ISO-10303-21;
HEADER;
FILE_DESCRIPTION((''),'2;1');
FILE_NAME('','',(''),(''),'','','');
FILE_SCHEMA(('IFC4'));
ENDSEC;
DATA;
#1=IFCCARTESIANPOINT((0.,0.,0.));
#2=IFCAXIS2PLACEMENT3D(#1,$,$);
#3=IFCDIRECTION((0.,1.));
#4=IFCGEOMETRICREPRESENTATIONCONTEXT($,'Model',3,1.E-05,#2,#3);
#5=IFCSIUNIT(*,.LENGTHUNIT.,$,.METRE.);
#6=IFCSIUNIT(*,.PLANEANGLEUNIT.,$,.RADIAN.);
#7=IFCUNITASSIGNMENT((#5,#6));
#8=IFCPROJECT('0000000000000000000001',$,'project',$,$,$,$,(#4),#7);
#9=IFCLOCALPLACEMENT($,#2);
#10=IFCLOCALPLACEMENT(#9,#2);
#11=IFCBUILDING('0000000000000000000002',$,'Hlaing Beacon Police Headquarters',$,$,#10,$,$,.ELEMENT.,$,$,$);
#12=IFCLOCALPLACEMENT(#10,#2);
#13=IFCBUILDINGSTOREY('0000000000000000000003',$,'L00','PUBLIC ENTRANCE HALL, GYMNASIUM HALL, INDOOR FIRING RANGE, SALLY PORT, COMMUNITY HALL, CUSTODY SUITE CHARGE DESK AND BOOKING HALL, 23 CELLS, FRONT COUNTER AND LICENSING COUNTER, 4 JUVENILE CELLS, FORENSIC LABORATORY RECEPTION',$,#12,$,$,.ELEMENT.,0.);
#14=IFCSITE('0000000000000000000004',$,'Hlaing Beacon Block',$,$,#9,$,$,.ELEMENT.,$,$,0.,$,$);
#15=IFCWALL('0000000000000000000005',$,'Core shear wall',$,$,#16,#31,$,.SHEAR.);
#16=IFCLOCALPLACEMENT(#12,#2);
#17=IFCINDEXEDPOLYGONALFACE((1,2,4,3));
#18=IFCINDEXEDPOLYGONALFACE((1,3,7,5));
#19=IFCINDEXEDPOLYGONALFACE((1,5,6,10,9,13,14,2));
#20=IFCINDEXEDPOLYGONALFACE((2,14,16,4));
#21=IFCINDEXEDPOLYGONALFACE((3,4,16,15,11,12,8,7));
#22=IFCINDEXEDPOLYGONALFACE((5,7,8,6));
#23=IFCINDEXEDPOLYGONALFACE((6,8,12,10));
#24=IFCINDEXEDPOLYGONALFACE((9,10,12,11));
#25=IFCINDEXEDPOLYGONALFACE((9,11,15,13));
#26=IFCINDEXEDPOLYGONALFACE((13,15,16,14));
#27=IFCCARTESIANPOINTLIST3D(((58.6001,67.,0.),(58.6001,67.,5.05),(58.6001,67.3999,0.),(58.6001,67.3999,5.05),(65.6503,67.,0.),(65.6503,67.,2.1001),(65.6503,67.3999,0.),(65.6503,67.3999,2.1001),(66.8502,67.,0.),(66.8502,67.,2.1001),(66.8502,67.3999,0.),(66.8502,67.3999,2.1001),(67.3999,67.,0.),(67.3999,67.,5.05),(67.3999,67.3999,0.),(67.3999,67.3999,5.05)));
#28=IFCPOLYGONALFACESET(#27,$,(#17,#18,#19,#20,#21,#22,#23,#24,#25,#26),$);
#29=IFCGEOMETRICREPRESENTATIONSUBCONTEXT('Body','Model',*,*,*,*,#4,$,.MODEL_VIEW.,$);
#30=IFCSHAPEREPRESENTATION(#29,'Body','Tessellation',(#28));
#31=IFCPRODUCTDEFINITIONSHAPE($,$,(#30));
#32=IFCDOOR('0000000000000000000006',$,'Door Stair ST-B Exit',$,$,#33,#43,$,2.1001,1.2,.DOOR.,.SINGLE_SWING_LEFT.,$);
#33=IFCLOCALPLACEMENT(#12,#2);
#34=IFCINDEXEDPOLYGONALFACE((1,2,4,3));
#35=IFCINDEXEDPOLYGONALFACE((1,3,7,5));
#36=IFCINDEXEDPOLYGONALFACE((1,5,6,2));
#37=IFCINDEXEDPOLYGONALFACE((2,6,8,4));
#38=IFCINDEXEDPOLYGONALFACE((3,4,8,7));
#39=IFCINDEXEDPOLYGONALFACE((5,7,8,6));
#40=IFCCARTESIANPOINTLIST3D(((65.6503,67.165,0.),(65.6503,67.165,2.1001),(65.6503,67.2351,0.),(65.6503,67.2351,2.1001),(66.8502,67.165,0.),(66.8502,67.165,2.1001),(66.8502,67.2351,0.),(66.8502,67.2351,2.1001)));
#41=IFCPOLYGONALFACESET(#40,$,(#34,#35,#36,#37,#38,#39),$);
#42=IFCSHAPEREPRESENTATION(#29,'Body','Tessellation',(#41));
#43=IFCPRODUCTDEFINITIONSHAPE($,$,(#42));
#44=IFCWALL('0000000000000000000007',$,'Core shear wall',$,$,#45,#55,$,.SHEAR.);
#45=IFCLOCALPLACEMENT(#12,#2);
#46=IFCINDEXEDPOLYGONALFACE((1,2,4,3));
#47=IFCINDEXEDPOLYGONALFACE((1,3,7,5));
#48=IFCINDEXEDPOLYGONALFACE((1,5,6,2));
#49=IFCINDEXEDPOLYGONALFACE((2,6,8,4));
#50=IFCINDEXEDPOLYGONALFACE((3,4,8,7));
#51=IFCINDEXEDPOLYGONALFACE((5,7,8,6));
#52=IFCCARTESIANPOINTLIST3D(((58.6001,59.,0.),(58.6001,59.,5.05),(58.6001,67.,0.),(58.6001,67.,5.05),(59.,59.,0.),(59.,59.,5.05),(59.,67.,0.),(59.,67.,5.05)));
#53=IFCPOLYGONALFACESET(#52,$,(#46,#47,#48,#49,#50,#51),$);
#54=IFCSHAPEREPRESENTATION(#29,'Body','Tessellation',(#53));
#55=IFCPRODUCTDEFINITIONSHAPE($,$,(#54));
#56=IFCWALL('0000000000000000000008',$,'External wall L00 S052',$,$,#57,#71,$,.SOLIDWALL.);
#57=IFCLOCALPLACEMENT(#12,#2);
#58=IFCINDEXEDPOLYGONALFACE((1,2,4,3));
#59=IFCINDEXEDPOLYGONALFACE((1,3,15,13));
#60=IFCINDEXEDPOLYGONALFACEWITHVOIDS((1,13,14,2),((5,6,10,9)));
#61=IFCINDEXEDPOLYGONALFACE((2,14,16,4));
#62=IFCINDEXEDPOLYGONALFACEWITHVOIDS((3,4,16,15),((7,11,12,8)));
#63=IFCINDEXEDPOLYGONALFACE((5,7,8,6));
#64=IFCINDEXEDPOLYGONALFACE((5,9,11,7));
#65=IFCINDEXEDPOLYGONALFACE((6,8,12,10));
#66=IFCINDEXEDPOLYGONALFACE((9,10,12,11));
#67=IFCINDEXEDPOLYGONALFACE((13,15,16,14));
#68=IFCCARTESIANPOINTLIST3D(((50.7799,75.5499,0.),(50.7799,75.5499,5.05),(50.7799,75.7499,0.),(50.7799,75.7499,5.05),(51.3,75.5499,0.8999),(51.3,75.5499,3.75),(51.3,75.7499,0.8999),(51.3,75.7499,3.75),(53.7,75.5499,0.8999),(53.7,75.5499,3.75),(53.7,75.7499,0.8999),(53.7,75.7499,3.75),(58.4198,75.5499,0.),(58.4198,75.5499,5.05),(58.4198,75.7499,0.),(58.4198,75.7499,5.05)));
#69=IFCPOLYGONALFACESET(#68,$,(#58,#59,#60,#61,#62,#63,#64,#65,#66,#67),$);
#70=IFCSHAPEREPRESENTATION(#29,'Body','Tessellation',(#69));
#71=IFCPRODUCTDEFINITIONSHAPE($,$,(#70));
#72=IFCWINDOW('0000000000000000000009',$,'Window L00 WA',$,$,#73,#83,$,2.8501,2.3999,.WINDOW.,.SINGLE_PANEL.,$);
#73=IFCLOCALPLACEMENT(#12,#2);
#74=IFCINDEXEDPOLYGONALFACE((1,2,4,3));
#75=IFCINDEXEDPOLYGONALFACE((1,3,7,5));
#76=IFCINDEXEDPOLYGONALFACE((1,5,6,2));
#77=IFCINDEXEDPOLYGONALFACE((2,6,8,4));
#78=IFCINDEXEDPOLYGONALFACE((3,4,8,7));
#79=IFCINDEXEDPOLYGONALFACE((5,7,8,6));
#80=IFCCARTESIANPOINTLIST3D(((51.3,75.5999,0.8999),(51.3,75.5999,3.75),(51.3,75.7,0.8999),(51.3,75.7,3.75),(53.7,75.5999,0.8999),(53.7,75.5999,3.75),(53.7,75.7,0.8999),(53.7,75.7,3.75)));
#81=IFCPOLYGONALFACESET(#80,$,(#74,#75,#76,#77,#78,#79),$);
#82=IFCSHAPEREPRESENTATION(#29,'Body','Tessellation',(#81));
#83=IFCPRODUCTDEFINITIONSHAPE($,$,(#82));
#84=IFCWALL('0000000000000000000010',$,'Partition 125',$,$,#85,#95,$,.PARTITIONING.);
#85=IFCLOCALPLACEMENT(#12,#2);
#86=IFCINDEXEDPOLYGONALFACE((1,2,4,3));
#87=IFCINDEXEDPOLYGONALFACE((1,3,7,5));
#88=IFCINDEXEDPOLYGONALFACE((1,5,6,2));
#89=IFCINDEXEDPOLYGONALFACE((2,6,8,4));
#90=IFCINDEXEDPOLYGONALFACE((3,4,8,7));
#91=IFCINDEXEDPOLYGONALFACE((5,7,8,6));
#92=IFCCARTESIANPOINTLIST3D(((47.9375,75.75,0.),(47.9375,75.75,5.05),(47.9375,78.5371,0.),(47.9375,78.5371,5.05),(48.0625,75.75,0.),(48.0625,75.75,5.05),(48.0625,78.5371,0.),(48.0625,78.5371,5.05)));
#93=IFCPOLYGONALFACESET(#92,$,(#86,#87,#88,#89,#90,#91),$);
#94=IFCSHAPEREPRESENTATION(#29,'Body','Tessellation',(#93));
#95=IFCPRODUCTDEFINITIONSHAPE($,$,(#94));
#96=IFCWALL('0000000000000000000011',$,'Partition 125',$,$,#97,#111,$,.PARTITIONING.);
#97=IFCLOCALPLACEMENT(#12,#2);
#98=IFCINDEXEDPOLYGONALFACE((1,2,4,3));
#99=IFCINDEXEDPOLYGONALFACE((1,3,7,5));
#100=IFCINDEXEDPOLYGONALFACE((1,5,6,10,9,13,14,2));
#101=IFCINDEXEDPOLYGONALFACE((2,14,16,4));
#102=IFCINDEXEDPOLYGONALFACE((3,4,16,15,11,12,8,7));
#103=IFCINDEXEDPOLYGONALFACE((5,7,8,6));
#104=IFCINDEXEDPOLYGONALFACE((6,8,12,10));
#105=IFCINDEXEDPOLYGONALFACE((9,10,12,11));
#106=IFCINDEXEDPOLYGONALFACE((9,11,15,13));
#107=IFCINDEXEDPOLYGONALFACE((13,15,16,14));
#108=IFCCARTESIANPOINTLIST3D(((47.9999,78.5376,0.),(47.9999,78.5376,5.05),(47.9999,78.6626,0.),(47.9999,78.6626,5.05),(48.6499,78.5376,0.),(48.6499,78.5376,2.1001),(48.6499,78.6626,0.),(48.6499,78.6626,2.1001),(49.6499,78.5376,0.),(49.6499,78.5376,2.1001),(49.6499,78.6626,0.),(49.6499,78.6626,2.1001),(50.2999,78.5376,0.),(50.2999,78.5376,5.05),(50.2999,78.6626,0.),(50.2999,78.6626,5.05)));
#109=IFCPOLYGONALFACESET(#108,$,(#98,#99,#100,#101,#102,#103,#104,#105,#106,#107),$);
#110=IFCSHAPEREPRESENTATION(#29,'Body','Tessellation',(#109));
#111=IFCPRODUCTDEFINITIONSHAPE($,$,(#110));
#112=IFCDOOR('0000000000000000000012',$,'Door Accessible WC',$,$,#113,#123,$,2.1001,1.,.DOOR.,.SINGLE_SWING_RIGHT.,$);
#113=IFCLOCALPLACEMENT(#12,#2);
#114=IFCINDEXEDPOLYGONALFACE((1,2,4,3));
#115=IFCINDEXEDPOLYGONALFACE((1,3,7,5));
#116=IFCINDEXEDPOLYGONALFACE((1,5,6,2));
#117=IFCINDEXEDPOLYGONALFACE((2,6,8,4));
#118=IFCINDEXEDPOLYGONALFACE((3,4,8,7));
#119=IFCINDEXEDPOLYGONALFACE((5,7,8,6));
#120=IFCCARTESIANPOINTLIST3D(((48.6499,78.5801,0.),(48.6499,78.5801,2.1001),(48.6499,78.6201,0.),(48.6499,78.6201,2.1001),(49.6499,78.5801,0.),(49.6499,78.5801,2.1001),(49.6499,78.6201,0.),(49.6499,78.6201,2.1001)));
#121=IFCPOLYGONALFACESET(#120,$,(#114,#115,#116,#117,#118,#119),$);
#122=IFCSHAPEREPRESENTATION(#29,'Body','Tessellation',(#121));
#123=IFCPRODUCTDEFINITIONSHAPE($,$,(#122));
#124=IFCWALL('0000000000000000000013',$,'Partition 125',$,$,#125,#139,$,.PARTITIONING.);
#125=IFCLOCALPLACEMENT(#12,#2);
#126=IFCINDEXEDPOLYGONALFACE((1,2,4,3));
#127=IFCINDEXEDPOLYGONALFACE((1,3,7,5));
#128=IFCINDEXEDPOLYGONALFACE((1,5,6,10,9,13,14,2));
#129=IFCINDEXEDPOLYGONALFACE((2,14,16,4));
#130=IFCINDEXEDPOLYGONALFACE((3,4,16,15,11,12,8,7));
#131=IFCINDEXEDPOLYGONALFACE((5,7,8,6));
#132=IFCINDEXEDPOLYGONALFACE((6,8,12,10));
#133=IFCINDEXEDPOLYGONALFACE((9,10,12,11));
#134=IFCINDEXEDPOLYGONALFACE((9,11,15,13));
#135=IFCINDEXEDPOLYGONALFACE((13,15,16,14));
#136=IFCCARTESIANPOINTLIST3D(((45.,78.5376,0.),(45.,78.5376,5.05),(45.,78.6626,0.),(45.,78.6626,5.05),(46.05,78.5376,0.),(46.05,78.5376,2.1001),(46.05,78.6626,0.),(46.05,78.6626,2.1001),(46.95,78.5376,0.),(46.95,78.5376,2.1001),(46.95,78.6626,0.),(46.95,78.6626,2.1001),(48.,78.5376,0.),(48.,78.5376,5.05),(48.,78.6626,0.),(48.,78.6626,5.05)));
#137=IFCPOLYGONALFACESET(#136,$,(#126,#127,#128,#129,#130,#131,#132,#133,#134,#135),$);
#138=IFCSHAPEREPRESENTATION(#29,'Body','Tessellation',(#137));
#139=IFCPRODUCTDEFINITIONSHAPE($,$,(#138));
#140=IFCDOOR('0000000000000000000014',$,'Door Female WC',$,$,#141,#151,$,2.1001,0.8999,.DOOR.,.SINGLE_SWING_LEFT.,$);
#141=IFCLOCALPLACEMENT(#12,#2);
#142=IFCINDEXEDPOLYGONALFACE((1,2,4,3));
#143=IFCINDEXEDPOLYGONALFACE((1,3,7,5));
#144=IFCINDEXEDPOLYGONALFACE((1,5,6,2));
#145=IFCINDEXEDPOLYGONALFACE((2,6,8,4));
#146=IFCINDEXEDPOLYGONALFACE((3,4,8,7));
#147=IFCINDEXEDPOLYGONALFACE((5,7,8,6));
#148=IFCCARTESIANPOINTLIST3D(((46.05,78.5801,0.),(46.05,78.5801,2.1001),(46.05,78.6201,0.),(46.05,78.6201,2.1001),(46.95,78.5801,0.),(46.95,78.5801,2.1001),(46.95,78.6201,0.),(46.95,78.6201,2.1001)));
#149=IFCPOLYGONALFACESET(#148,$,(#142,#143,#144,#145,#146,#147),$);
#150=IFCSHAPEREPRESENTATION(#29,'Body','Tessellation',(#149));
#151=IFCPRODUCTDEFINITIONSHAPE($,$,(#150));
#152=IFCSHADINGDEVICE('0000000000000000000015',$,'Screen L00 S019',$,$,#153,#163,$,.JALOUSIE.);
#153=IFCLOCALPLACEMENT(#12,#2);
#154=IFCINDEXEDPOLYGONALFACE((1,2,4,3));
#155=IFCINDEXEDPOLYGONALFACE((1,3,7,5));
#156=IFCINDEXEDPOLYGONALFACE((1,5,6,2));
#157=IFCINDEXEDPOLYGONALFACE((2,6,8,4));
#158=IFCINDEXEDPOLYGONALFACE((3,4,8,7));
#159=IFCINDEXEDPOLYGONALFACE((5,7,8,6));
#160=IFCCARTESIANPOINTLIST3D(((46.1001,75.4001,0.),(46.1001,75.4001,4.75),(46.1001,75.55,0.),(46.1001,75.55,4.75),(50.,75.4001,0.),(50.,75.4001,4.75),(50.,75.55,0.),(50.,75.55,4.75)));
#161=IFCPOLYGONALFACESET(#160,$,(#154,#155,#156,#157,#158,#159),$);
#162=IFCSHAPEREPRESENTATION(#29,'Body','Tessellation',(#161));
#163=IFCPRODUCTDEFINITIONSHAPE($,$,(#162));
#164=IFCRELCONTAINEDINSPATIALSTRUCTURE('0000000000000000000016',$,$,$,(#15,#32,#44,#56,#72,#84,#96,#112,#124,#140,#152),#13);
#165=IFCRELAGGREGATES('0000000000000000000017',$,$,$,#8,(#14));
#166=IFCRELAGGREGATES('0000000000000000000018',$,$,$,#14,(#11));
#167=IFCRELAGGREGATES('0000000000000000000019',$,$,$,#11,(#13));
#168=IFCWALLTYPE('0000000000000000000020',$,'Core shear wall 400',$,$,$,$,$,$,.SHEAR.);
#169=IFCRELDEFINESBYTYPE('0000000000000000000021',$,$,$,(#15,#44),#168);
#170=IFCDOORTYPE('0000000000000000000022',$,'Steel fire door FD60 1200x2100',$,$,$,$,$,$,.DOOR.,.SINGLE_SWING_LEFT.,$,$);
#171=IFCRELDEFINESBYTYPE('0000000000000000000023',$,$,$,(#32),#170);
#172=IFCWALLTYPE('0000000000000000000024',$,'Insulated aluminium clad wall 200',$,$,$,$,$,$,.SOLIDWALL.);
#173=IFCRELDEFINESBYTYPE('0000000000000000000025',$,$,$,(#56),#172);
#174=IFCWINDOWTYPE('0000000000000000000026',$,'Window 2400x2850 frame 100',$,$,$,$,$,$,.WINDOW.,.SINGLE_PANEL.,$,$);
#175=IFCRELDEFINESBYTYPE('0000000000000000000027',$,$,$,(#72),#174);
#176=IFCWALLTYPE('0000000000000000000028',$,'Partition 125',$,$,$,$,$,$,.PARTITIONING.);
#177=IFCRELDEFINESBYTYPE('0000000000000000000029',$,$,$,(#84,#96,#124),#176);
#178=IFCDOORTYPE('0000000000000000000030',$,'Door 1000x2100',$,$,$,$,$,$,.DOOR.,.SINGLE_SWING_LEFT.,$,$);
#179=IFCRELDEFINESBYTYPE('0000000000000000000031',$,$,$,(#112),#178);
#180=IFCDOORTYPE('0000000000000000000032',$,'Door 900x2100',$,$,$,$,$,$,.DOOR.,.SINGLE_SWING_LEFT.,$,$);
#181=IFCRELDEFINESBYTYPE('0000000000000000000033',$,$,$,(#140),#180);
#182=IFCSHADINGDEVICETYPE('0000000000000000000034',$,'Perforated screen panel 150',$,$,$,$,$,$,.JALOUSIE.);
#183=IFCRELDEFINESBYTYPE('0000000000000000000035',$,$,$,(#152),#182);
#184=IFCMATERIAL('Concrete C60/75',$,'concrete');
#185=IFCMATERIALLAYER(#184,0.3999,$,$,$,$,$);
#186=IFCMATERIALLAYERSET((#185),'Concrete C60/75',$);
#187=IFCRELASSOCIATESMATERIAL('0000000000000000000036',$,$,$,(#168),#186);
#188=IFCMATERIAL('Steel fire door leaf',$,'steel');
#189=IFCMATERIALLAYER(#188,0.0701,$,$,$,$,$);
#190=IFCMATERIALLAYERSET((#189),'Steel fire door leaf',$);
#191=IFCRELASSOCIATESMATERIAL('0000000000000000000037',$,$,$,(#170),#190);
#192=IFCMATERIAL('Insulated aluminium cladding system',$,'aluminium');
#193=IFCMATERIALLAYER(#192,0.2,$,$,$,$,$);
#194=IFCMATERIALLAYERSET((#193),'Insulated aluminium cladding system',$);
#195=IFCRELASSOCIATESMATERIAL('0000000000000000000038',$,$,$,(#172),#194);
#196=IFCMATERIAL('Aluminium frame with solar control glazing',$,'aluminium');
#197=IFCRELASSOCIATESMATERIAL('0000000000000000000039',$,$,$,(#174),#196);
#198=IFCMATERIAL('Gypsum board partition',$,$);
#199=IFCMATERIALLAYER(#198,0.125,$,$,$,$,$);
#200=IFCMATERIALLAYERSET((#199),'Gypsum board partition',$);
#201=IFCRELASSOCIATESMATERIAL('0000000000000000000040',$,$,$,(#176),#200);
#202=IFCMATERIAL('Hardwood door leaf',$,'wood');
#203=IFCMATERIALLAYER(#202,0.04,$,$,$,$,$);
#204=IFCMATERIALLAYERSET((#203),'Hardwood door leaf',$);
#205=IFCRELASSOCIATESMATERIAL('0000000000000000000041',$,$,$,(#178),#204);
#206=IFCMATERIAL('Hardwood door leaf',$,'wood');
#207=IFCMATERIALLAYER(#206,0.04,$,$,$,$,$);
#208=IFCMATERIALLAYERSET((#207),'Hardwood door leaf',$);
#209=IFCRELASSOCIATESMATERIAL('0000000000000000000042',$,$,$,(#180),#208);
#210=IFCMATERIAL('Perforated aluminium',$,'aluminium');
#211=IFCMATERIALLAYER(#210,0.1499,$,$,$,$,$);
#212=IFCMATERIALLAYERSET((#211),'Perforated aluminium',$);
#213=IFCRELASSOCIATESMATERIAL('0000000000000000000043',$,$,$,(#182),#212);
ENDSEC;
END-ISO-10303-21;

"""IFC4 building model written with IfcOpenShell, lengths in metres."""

from ifc_helpers import new_model, si_unit, direction, frame, frame_2d, origin, origin_2d, place, context, subcontext, project, spatial, rectangle, extrude, material, layer, layer_set, type_object, element, fill, save


model = new_model("IFC4")

# Units and contexts
model_context = context("Model", 3, precision=1e-05, world=origin(), true_north=direction((0.0, 1.0)))
body_context = subcontext(model_context, "Body", "Model", "MODEL_VIEW")
ifc_project = project(units=[si_unit("LENGTHUNIT", "METRE"), si_unit("PLANEANGLEUNIT", "RADIAN")], contexts=[model_context])

# Site, building, storey
site_placement = place(None, origin())
site = spatial("IfcSite", under=ifc_project, at=site_placement, Name="Hlaing Beacon Block", CompositionType="ELEMENT", RefElevation=0.0)
building_placement = place(site_placement, origin())
building = spatial("IfcBuilding", under=site, at=building_placement, Name="Hlaing Beacon Police Headquarters", CompositionType="ELEMENT")
storey_placement = place(building_placement, origin())
storey = spatial("IfcBuildingStorey", under=building, at=storey_placement, Name="L00", Description="PUBLIC ENTRANCE HALL, GYMNASIUM HALL, INDOOR FIRING RANGE, SALLY PORT, COMMUNITY HALL, CUSTODY SUITE CHARGE DESK AND BOOKING HALL, 23 CELLS, FRONT COUNTER AND LICENSING COUNTER, 4 JUVENILE CELLS, FORENSIC LABORATORY RECEPTION", CompositionType="ELEMENT", Elevation=0.0)

# Wall, opening, door
ifc_material_1 = material(Name="Concrete C60/75", Category="concrete")
ifc_layer_1 = layer(ifc_material_1, 0.3999)
ifc_layer_set_1 = layer_set([ifc_layer_1], Name="Concrete C60/75")
wall_type_1 = type_object("IfcWallType", Name="Core shear wall 400", PredefinedType="SHEAR", material=ifc_layer_set_1)
wall_1_placement = place(storey_placement, frame((58.6001, 67.2, 0.0), z_axis=(0.0, 0.0, 1.0), x_axis=(1.0, 0.0, 0.0)))
wall_1 = element("IfcWall", 1, at=wall_1_placement, inside=storey, type_object=wall_type_1, Name="Core shear wall", PredefinedType="SHEAR", context=body_context, shape_type="SweptSolid", body=[
    extrude(rectangle(XDim=8.7998, YDim=0.3999, at=frame_2d((4.3999, 0.0))), origin(), (0.0, 0.0, 1.0), 5.05),
])
opening_1_placement = place(wall_1_placement, frame((7.05, 0.0, 0.0)))
opening_1 = element("IfcOpeningElement", 2, at=opening_1_placement, cuts=wall_1, PredefinedType="OPENING", context=body_context, shape_type="SweptSolid", body=[
    extrude(rectangle(XDim=1.2, YDim=2.1001, at=frame_2d((0.6001, 1.05))), frame((0.0, 0.21, 0.0), z_axis=(0.0, -1.0, 0.0), x_axis=(1.0, 0.0, 0.0)), (0.0, 0.0, 1.0), 0.4199),
])
ifc_material_2 = material(Name="Steel fire door leaf", Category="steel")
ifc_layer_2 = layer(ifc_material_2, 0.0701)
ifc_layer_set_2 = layer_set([ifc_layer_2], Name="Steel fire door leaf")
door_type_1 = type_object("IfcDoorType", Name="Steel fire door FD60 1200x2100", OperationType="SINGLE_SWING_LEFT", PredefinedType="DOOR", material=ifc_layer_set_2)
door_1_placement = place(opening_1_placement, origin())
door_1 = element("IfcDoor", 3, at=door_1_placement, inside=storey, type_object=door_type_1, Name="Door Stair ST-B Exit", OperationType="SINGLE_SWING_LEFT", OverallHeight=2.1001, OverallWidth=1.2, PredefinedType="DOOR", context=body_context, shape_type="SweptSolid", body=[
    extrude(rectangle(XDim=1.2, YDim=2.1001, at=frame_2d((0.6001, 1.05))), frame((0.0, 0.0352, 0.0), z_axis=(0.0, -1.0, 0.0), x_axis=(1.0, 0.0, 0.0)), (0.0, 0.0, 1.0), 0.0701),
])
fill(opening_1, door_1)

# Wall
wall_2_placement = place(storey_placement, frame((58.8, 59.0, 0.0), z_axis=(0.0, 0.0, 1.0), x_axis=(0.0, 1.0, 0.0)))
element("IfcWall", 4, at=wall_2_placement, inside=storey, type_object=wall_type_1, Name="Core shear wall", PredefinedType="SHEAR", context=body_context, shape_type="SweptSolid", body=[
    extrude(rectangle(XDim=8.0, YDim=0.3999, at=frame_2d((4.0, 0.0))), origin(), (0.0, 0.0, 1.0), 5.05),
])

# Wall, opening, window
ifc_material_3 = material(Name="Insulated aluminium cladding system", Category="aluminium")
ifc_layer_3 = layer(ifc_material_3, 0.2)
ifc_layer_set_3 = layer_set([ifc_layer_3], Name="Insulated aluminium cladding system")
wall_type_2 = type_object("IfcWallType", Name="Insulated aluminium clad wall 200", PredefinedType="SOLIDWALL", material=ifc_layer_set_3)
wall_3_placement = place(storey_placement, frame((50.78, 75.6499, 0.0), z_axis=(0.0, 0.0, 1.0), x_axis=(1.0, 0.0, 0.0)))
wall_3 = element("IfcWall", 5, at=wall_3_placement, inside=storey, type_object=wall_type_2, Name="External wall L00 S052", PredefinedType="SOLIDWALL", context=body_context, shape_type="SweptSolid", body=[
    extrude(rectangle(XDim=7.6399, YDim=0.2, at=frame_2d((3.8198, 0.0))), origin(), (0.0, 0.0, 1.0), 5.05),
])
opening_2_placement = place(wall_3_placement, frame((0.52, 0.0, 0.8999)))
opening_2 = element("IfcOpeningElement", 6, at=opening_2_placement, cuts=wall_3, PredefinedType="OPENING", context=body_context, shape_type="SweptSolid", body=[
    extrude(rectangle(XDim=2.3999, YDim=2.8501, at=frame_2d((1.2, 1.425))), frame((0.0, 0.1099, 0.0), z_axis=(0.0, -1.0, 0.0), x_axis=(1.0, 0.0, 0.0)), (0.0, 0.0, 1.0), 0.22),
])
ifc_material_4 = material(Name="Aluminium frame with solar control glazing", Category="aluminium")
window_type = type_object("IfcWindowType", Name="Window 2400x2850 frame 100", PartitioningType="SINGLE_PANEL", PredefinedType="WINDOW", material=ifc_material_4)
window_placement = place(opening_2_placement, origin())
window = element("IfcWindow", 7, at=window_placement, inside=storey, type_object=window_type, Name="Window L00 WA", OverallHeight=2.8501, OverallWidth=2.3999, PartitioningType="SINGLE_PANEL", PredefinedType="WINDOW", context=body_context, shape_type="SweptSolid", body=[
    extrude(rectangle(XDim=2.3999, YDim=2.8501, at=frame_2d((1.2, 1.425))), frame((0.0, 0.05, 0.0), z_axis=(0.0, -1.0, 0.0), x_axis=(1.0, 0.0, 0.0)), (0.0, 0.0, 1.0), 0.1001),
])
fill(opening_2, window)

# Wall
ifc_material_5 = material(Name="Gypsum board partition")
ifc_layer_4 = layer(ifc_material_5, 0.125)
ifc_layer_set_4 = layer_set([ifc_layer_4], Name="Gypsum board partition")
wall_type_3 = type_object("IfcWallType", Name="Partition 125", PredefinedType="PARTITIONING", material=ifc_layer_set_4)
wall_4_placement = place(storey_placement, frame((48.0, 75.75, 0.0), z_axis=(0.0, 0.0, 1.0), x_axis=(0.0, 1.0, 0.0)))
element("IfcWall", 8, at=wall_4_placement, inside=storey, type_object=wall_type_3, Name="Partition 125", PredefinedType="PARTITIONING", context=body_context, shape_type="SweptSolid", body=[
    extrude(rectangle(XDim=2.7871, YDim=0.125, at=frame_2d((1.3936, 0.0))), origin(), (0.0, 0.0, 1.0), 5.05),
])

# Walls, openings, doors
wall_5_placement = place(storey_placement, frame((48.0, 78.6001, 0.0), z_axis=(0.0, 0.0, 1.0), x_axis=(1.0, 0.0, 0.0)))
wall_5 = element("IfcWall", 9, at=wall_5_placement, inside=storey, type_object=wall_type_3, Name="Partition 125", PredefinedType="PARTITIONING", context=body_context, shape_type="SweptSolid", body=[
    extrude(rectangle(XDim=2.3, YDim=0.125, at=frame_2d((1.1499, 0.0))), origin(), (0.0, 0.0, 1.0), 5.05),
])
opening_3_placement = place(wall_5_placement, frame((0.6499, 0.0, 0.0)))
opening_3 = element("IfcOpeningElement", 10, at=opening_3_placement, cuts=wall_5, PredefinedType="OPENING", context=body_context, shape_type="SweptSolid", body=[
    extrude(rectangle(XDim=1.0, YDim=2.1001, at=frame_2d((0.5, 1.05))), frame((0.0, 0.0725, 0.0), z_axis=(0.0, -1.0, 0.0), x_axis=(1.0, 0.0, 0.0)), (0.0, 0.0, 1.0), 0.145),
])
ifc_material_6 = material(Name="Hardwood door leaf", Category="wood")
ifc_layer_5 = layer(ifc_material_6, 0.04)
ifc_layer_set_5 = layer_set([ifc_layer_5], Name="Hardwood door leaf")
door_type_2 = type_object("IfcDoorType", Name="Door 1000x2100", OperationType="SINGLE_SWING_LEFT", PredefinedType="DOOR", material=ifc_layer_set_5)
door_2_placement = place(opening_3_placement, frame((1.0, 0.0, 0.0), z_axis=(0.0, 0.0, 1.0), x_axis=(-1.0, 0.0, 0.0)))
door_2 = element("IfcDoor", 11, at=door_2_placement, inside=storey, type_object=door_type_2, Name="Door Accessible WC", OperationType="SINGLE_SWING_RIGHT", OverallHeight=2.1001, OverallWidth=1.0, PredefinedType="DOOR", context=body_context, shape_type="SweptSolid", body=[
    extrude(rectangle(XDim=1.0, YDim=2.1001, at=frame_2d((0.5, 1.05))), frame((0.0, 0.02, 0.0), z_axis=(0.0, -1.0, 0.0), x_axis=(1.0, 0.0, 0.0)), (0.0, 0.0, 1.0), 0.04),
])
fill(opening_3, door_2)
wall_6_placement = place(storey_placement, frame((45.0, 78.6001, 0.0), z_axis=(0.0, 0.0, 1.0), x_axis=(1.0, 0.0, 0.0)))
wall_6 = element("IfcWall", 12, at=wall_6_placement, inside=storey, type_object=wall_type_3, Name="Partition 125", PredefinedType="PARTITIONING", context=body_context, shape_type="SweptSolid", body=[
    extrude(rectangle(XDim=3.0, YDim=0.125, at=frame_2d((1.5, 0.0))), origin(), (0.0, 0.0, 1.0), 5.05),
])
opening_4_placement = place(wall_6_placement, frame((1.05, 0.0, 0.0)))
opening_4 = element("IfcOpeningElement", 13, at=opening_4_placement, cuts=wall_6, PredefinedType="OPENING", context=body_context, shape_type="SweptSolid", body=[
    extrude(rectangle(XDim=0.8999, YDim=2.1001, at=frame_2d((0.45, 1.05))), frame((0.0, 0.0725, 0.0), z_axis=(0.0, -1.0, 0.0), x_axis=(1.0, 0.0, 0.0)), (0.0, 0.0, 1.0), 0.145),
])
ifc_material_7 = material(Name="Hardwood door leaf", Category="wood")
ifc_layer_6 = layer(ifc_material_7, 0.04)
ifc_layer_set_6 = layer_set([ifc_layer_6], Name="Hardwood door leaf")
door_type_3 = type_object("IfcDoorType", Name="Door 900x2100", OperationType="SINGLE_SWING_LEFT", PredefinedType="DOOR", material=ifc_layer_set_6)
door_3_placement = place(opening_4_placement, frame((0.8999, 0.0, 0.0), z_axis=(0.0, 0.0, 1.0), x_axis=(-1.0, 0.0, 0.0)))
door_3 = element("IfcDoor", 14, at=door_3_placement, inside=storey, type_object=door_type_3, Name="Door Female WC", OperationType="SINGLE_SWING_LEFT", OverallHeight=2.1001, OverallWidth=0.8999, PredefinedType="DOOR", context=body_context, shape_type="SweptSolid", body=[
    extrude(rectangle(XDim=0.8999, YDim=2.1001, at=frame_2d((0.45, 1.05))), frame((0.0, 0.02, 0.0), z_axis=(0.0, -1.0, 0.0), x_axis=(1.0, 0.0, 0.0)), (0.0, 0.0, 1.0), 0.04),
])
fill(opening_4, door_3)

# Shading device
ifc_material_8 = material(Name="Perforated aluminium", Category="aluminium")
ifc_layer_7 = layer(ifc_material_8, 0.1499)
ifc_layer_set_7 = layer_set([ifc_layer_7], Name="Perforated aluminium")
shading_device_type = type_object("IfcShadingDeviceType", Name="Perforated screen panel 150", PredefinedType="JALOUSIE", material=ifc_layer_set_7)
shading_device_placement = place(storey_placement, frame((48.05, 75.4751, 0.0), z_axis=(0.0, 0.0, 1.0), x_axis=(1.0, 0.0, 0.0)))
element("IfcShadingDevice", 15, at=shading_device_placement, inside=storey, type_object=shading_device_type, Name="Screen L00 S019", PredefinedType="JALOUSIE", context=body_context, shape_type="SweptSolid", body=[
    extrude(rectangle(XDim=3.8999, YDim=0.1499, at=origin_2d()), origin(), (0.0, 0.0, 1.0), 4.75),
])

save(model, "model.ifc")
